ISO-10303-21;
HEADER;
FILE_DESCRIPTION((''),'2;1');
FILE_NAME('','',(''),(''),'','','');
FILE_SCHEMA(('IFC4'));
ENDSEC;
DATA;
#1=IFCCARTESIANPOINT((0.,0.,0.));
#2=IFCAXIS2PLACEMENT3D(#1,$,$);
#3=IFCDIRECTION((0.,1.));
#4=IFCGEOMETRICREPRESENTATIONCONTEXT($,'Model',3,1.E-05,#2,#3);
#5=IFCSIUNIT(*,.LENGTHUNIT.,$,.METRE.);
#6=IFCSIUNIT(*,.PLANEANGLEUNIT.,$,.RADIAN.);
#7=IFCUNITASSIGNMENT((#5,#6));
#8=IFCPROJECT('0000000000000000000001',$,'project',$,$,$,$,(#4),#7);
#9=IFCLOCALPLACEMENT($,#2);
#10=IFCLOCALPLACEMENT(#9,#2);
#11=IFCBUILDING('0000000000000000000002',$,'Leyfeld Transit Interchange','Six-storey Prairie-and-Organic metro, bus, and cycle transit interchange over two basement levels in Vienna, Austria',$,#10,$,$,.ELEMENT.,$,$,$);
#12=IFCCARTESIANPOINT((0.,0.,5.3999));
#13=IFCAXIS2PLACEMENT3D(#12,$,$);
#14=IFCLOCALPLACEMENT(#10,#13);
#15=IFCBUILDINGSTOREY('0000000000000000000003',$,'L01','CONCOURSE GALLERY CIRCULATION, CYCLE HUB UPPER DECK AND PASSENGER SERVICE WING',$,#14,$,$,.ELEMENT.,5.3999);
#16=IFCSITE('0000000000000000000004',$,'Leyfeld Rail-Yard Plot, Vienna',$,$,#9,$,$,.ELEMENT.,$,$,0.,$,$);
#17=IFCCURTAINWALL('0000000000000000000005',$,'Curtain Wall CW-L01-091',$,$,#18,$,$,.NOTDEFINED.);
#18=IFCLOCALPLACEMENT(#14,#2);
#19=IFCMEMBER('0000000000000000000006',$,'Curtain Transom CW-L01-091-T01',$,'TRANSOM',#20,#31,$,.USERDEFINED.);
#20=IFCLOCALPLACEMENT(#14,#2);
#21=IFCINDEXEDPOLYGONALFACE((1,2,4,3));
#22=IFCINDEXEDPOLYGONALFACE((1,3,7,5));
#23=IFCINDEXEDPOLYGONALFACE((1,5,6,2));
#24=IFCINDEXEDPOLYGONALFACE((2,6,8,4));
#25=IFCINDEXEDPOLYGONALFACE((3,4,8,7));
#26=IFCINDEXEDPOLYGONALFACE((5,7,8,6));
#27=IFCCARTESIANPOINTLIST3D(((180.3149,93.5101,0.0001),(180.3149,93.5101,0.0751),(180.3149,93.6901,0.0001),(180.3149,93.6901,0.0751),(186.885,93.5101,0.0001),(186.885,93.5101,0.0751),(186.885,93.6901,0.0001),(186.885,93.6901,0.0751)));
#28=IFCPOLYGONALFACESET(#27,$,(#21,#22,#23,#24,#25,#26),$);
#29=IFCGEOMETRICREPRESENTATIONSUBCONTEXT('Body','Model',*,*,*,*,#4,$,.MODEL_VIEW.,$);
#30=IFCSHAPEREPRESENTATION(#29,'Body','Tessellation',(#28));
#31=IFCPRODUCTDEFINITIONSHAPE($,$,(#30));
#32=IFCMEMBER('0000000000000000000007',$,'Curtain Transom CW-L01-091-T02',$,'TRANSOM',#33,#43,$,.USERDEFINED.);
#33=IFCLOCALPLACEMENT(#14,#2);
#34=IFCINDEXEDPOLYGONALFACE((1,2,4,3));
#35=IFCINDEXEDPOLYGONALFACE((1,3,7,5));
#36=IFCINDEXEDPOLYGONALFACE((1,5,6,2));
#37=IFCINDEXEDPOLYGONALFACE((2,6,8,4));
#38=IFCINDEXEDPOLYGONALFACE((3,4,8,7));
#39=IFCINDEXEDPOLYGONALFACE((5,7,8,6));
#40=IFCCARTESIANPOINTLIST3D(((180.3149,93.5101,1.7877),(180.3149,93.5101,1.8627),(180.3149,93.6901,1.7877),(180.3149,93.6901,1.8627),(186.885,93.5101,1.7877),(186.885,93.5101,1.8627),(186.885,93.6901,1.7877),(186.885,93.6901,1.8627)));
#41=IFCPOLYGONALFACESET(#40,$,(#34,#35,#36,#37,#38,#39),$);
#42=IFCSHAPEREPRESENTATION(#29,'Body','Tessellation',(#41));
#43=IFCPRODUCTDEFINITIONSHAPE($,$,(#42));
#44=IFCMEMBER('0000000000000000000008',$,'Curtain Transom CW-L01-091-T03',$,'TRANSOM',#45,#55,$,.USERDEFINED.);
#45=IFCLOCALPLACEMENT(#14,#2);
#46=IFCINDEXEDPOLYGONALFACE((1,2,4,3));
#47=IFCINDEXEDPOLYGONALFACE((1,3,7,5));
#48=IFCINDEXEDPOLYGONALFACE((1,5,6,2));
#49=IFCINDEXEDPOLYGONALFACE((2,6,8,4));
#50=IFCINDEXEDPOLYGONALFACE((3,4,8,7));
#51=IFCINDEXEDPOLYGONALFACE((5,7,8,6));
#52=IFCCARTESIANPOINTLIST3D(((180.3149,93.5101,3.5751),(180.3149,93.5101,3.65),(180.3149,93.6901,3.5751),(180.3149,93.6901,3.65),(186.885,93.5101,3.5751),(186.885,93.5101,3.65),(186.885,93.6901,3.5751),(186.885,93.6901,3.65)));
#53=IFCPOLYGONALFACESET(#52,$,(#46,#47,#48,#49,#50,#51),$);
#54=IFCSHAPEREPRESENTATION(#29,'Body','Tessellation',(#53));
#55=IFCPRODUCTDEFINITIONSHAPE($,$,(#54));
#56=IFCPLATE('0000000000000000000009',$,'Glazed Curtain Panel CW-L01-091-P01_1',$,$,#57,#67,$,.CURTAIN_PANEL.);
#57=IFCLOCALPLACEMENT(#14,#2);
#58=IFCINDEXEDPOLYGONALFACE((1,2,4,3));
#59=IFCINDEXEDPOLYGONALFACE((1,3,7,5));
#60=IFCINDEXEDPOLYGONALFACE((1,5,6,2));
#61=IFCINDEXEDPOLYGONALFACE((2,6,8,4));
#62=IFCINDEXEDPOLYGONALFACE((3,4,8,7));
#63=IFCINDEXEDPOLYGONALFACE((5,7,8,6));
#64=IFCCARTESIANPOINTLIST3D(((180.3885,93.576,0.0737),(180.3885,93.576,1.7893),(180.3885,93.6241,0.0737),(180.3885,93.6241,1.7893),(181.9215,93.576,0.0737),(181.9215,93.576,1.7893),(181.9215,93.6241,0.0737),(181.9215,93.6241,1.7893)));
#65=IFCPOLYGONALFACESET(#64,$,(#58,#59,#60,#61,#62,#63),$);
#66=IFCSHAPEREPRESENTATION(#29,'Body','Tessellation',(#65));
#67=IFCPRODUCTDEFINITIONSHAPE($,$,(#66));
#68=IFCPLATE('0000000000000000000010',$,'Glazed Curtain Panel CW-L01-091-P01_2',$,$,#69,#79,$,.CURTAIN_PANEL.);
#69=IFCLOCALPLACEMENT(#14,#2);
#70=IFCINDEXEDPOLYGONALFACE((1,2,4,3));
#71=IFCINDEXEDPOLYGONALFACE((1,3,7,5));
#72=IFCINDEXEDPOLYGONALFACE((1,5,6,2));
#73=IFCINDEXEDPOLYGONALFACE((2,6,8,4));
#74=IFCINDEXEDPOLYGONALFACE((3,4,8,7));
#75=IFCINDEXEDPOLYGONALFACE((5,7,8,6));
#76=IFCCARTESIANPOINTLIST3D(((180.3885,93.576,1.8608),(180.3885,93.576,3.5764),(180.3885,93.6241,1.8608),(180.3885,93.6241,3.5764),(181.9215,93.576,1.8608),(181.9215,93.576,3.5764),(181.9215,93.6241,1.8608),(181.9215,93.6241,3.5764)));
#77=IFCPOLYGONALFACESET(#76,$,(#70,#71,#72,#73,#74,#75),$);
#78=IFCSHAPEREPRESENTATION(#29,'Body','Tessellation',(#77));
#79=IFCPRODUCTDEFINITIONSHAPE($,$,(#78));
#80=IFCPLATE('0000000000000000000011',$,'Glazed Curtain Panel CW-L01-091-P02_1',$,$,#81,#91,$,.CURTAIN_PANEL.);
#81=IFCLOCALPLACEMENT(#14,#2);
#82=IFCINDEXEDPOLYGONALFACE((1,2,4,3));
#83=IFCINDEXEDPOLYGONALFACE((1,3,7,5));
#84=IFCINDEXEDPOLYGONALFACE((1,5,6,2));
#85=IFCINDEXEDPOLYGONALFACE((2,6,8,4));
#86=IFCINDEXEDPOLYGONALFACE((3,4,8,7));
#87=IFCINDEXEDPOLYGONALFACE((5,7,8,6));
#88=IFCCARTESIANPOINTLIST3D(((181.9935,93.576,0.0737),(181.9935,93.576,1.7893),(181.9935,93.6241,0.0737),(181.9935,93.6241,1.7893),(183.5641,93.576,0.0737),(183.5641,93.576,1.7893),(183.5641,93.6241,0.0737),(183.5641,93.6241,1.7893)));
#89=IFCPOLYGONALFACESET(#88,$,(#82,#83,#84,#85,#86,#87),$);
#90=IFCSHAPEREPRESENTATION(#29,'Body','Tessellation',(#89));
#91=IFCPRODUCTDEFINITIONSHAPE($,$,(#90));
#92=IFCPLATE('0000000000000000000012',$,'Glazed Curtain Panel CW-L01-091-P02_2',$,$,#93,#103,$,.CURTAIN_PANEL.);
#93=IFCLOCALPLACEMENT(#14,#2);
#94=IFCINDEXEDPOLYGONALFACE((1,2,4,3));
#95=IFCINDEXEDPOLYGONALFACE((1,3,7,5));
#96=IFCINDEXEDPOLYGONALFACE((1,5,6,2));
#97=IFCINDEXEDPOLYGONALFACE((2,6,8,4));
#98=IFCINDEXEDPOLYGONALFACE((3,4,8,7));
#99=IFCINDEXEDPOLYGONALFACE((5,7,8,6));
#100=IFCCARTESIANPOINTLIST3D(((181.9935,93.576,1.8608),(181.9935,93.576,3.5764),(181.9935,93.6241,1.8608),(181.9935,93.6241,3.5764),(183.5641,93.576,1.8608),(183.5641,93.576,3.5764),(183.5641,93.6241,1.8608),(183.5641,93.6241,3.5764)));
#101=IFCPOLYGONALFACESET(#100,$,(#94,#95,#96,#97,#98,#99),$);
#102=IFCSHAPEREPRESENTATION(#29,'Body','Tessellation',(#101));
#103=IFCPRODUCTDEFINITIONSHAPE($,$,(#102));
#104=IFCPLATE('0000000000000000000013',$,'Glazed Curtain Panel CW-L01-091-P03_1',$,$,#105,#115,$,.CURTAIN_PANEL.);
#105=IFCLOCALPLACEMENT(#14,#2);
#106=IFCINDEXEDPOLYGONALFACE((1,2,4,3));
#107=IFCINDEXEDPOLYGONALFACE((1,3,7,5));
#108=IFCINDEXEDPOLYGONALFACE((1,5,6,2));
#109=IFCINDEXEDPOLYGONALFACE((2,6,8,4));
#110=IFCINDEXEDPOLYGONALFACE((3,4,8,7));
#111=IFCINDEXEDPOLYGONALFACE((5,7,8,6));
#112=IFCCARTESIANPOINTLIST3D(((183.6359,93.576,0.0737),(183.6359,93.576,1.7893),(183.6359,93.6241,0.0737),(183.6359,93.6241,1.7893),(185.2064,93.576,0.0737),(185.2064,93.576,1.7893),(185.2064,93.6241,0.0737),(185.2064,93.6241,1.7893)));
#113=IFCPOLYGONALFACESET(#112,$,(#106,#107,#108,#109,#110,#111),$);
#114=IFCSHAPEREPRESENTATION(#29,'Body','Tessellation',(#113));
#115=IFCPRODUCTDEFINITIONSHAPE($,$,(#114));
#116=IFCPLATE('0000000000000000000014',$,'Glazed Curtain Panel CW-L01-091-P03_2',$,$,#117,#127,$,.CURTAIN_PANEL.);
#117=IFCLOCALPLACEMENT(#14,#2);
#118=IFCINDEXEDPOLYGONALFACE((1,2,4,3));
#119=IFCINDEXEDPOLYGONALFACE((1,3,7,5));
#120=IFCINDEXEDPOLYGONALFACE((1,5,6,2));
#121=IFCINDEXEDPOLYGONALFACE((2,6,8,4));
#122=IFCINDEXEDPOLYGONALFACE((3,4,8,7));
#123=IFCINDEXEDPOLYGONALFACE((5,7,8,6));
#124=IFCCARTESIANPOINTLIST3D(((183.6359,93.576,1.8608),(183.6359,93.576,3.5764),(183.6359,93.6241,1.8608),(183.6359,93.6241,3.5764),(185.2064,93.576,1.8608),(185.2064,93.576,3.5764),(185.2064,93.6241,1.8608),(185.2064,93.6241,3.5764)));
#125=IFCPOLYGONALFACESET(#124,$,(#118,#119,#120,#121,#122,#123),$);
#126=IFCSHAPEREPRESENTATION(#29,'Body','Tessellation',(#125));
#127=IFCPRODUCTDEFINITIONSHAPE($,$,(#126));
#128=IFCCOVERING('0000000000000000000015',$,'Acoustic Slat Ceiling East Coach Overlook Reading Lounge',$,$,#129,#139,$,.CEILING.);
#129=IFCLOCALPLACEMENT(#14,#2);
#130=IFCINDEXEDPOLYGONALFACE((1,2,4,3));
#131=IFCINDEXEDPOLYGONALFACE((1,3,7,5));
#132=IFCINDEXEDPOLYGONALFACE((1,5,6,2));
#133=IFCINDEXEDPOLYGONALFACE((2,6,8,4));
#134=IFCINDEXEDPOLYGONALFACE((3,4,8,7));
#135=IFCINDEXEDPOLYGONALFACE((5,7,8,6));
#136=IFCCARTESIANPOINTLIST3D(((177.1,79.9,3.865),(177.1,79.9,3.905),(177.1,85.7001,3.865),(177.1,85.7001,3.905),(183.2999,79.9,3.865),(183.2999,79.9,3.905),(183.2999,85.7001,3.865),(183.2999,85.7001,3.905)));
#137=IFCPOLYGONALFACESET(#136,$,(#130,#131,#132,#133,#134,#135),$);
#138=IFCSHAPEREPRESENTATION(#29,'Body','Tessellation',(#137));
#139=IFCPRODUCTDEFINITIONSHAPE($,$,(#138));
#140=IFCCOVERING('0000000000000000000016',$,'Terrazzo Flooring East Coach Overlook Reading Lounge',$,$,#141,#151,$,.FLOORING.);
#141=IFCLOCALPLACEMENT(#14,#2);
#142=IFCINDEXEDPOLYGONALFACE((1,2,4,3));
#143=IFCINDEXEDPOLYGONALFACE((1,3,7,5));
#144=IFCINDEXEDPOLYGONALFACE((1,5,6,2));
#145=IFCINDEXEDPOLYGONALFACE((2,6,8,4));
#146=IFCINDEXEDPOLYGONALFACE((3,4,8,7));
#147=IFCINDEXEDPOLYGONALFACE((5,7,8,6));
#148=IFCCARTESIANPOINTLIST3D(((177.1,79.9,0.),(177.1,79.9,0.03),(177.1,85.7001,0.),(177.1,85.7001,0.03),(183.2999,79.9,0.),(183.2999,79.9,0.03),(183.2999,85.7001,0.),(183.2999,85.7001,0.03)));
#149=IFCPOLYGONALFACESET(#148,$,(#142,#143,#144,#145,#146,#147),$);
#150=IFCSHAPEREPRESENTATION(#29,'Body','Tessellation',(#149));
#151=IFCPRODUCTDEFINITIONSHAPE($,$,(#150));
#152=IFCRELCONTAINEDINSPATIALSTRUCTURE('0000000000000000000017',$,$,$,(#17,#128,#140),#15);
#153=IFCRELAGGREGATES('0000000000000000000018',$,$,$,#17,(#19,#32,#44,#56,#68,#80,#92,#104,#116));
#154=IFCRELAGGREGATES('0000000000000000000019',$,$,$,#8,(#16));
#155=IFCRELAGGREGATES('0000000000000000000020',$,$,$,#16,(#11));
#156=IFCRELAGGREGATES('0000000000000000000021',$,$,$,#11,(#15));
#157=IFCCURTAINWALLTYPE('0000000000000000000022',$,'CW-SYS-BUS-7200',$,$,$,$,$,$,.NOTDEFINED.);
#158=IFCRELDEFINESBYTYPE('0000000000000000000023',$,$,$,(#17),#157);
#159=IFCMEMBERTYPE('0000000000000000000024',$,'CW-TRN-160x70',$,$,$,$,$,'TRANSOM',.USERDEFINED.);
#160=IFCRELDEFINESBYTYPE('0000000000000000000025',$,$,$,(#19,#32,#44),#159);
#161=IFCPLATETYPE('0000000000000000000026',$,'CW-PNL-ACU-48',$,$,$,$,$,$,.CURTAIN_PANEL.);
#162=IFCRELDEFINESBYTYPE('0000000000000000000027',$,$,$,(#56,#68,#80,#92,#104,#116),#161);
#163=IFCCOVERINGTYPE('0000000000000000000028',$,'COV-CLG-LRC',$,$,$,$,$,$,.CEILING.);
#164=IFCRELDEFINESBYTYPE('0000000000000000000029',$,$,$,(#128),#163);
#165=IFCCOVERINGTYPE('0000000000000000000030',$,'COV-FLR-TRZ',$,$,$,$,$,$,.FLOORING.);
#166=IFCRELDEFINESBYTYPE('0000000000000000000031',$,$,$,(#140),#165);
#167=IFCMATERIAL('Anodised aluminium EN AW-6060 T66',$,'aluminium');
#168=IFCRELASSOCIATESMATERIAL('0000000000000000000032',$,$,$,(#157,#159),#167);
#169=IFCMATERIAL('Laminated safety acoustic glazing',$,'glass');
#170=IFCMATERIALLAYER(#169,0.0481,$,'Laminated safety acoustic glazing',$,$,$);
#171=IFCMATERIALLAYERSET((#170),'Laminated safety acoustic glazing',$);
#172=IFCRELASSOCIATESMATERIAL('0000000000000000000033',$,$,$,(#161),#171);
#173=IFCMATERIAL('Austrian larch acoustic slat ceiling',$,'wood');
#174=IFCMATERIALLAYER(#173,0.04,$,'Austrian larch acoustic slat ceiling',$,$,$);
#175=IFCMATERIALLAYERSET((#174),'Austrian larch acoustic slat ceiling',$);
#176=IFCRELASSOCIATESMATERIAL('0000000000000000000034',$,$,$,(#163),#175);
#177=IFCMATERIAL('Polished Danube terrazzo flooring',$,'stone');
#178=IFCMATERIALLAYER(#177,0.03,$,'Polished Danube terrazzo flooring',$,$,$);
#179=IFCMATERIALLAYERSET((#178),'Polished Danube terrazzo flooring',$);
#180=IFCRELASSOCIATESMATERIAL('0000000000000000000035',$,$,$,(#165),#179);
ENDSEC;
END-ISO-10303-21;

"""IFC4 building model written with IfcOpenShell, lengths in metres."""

from ifc_helpers import new_model, si_unit, direction, frame, origin, origin_2d, place, context, subcontext, project, spatial, rectangle, extrude, material, layer, layer_set, material_profile, profile_set, type_object, element, aggregate, save


model = new_model("IFC4")

# Units and contexts
model_context = context("Model", 3, precision=1e-05, world=origin(), true_north=direction((0.0, 1.0)))
body_context = subcontext(model_context, "Body", "Model", "MODEL_VIEW")
ifc_project = project(units=[si_unit("LENGTHUNIT", "METRE"), si_unit("PLANEANGLEUNIT", "RADIAN")], contexts=[model_context])

# Site, building, storey
site_placement = place(None, origin())
site = spatial("IfcSite", under=ifc_project, at=site_placement, Name="Leyfeld Rail-Yard Plot, Vienna", CompositionType="ELEMENT", RefElevation=0.0)
building_placement = place(site_placement, origin())
building = spatial("IfcBuilding", under=site, at=building_placement, Name="Leyfeld Transit Interchange", Description="Six-storey Prairie-and-Organic metro, bus, and cycle transit interchange over two basement levels in Vienna, Austria", CompositionType="ELEMENT")
storey_placement = place(building_placement, frame((0.0, 0.0, 5.3999)))
storey = spatial("IfcBuildingStorey", under=building, at=storey_placement, Name="L01", Description="CONCOURSE GALLERY CIRCULATION, CYCLE HUB UPPER DECK AND PASSENGER SERVICE WING", CompositionType="ELEMENT", Elevation=5.3999)

# Curtain wall, members, plates
ifc_material_1 = material(Name="Anodised aluminium EN AW-6060 T66", Category="aluminium")
curtain_wall_type = type_object("IfcCurtainWallType", Name="CW-SYS-BUS-7200", PredefinedType="NOTDEFINED", material=ifc_material_1)
curtain_wall_placement = place(storey_placement, origin())
curtain_wall = element("IfcCurtainWall", 1, at=curtain_wall_placement, inside=storey, type_object=curtain_wall_type, Name="Curtain Wall CW-L01-091", PredefinedType="NOTDEFINED")
ifc_material_profile_1 = material_profile(ifc_material_1, rectangle(XDim=0.1799, YDim=0.075, at=origin_2d()), Name="CW-TRN-160x70")
ifc_profile_set_1 = profile_set([ifc_material_profile_1], Name="Anodised aluminium EN AW-6060 T66")
member_type_1 = type_object("IfcMemberType", Name="CW-TRN-160x70", ElementType="TRANSOM", PredefinedType="USERDEFINED", material=ifc_profile_set_1)
member_1_placement = place(storey_placement, frame((180.3149, 93.6001, 0.0376), z_axis=(1.0, 0.0, 0.0), x_axis=(0.0, 1.0, 0.0)))
member_1 = element("IfcMember", 2, at=member_1_placement, type_object=member_type_1, Name="Curtain Transom CW-L01-091-T01", ObjectType="TRANSOM", PredefinedType="USERDEFINED", context=body_context, shape_type="SweptSolid", body=[
    extrude(rectangle(XDim=0.1799, YDim=0.075, at=origin_2d()), origin(), (0.0, 0.0, 1.0), 6.5701),
])
member_2_placement = place(storey_placement, frame((180.3149, 93.6001, 1.8252), z_axis=(1.0, 0.0, 0.0), x_axis=(0.0, 1.0, 0.0)))
member_2 = element("IfcMember", 3, at=member_2_placement, type_object=member_type_1, Name="Curtain Transom CW-L01-091-T02", ObjectType="TRANSOM", PredefinedType="USERDEFINED", context=body_context, shape_type="SweptSolid", body=[
    extrude(rectangle(XDim=0.1799, YDim=0.075, at=origin_2d()), origin(), (0.0, 0.0, 1.0), 6.5701),
])
member_3_placement = place(storey_placement, frame((180.3149, 93.6001, 3.6125), z_axis=(1.0, 0.0, 0.0), x_axis=(0.0, 1.0, 0.0)))
member_3 = element("IfcMember", 4, at=member_3_placement, type_object=member_type_1, Name="Curtain Transom CW-L01-091-T03", ObjectType="TRANSOM", PredefinedType="USERDEFINED", context=body_context, shape_type="SweptSolid", body=[
    extrude(rectangle(XDim=0.1799, YDim=0.075, at=origin_2d()), origin(), (0.0, 0.0, 1.0), 6.5701),
])
ifc_material_2 = material(Name="Laminated safety acoustic glazing", Category="glass")
ifc_layer_1 = layer(ifc_material_2, 0.0481, Name="Laminated safety acoustic glazing")
ifc_layer_set_1 = layer_set([ifc_layer_1], Name="Laminated safety acoustic glazing")
plate_type = type_object("IfcPlateType", Name="CW-PNL-ACU-48", PredefinedType="CURTAIN_PANEL", material=ifc_layer_set_1)
plate_1_placement = place(storey_placement, frame((181.155, 93.6001, 0.0737), z_axis=(0.0, 0.0, 1.0), x_axis=(1.0, 0.0, 0.0)))
plate_1 = element("IfcPlate", 5, at=plate_1_placement, type_object=plate_type, Name="Glazed Curtain Panel CW-L01-091-P01_1", PredefinedType="CURTAIN_PANEL", context=body_context, shape_type="SweptSolid", body=[
    extrude(rectangle(XDim=1.533, YDim=0.0481, at=origin_2d()), origin(), (0.0, 0.0, 1.0), 1.7156),
])
plate_2_placement = place(storey_placement, frame((181.155, 93.6001, 1.8608), z_axis=(0.0, 0.0, 1.0), x_axis=(1.0, 0.0, 0.0)))
plate_2 = element("IfcPlate", 6, at=plate_2_placement, type_object=plate_type, Name="Glazed Curtain Panel CW-L01-091-P01_2", PredefinedType="CURTAIN_PANEL", context=body_context, shape_type="SweptSolid", body=[
    extrude(rectangle(XDim=1.533, YDim=0.0481, at=origin_2d()), origin(), (0.0, 0.0, 1.0), 1.7156),
])
plate_3_placement = place(storey_placement, frame((182.7788, 93.6001, 0.0737), z_axis=(0.0, 0.0, 1.0), x_axis=(1.0, 0.0, 0.0)))
plate_3 = element("IfcPlate", 7, at=plate_3_placement, type_object=plate_type, Name="Glazed Curtain Panel CW-L01-091-P02_1", PredefinedType="CURTAIN_PANEL", context=body_context, shape_type="SweptSolid", body=[
    extrude(rectangle(XDim=1.5706, YDim=0.0481, at=origin_2d()), origin(), (0.0, 0.0, 1.0), 1.7156),
])
plate_4_placement = place(storey_placement, frame((182.7788, 93.6001, 1.8608), z_axis=(0.0, 0.0, 1.0), x_axis=(1.0, 0.0, 0.0)))
plate_4 = element("IfcPlate", 8, at=plate_4_placement, type_object=plate_type, Name="Glazed Curtain Panel CW-L01-091-P02_2", PredefinedType="CURTAIN_PANEL", context=body_context, shape_type="SweptSolid", body=[
    extrude(rectangle(XDim=1.5706, YDim=0.0481, at=origin_2d()), origin(), (0.0, 0.0, 1.0), 1.7156),
])
plate_5_placement = place(storey_placement, frame((184.4211, 93.6001, 0.0737), z_axis=(0.0, 0.0, 1.0), x_axis=(1.0, 0.0, 0.0)))
plate_5 = element("IfcPlate", 9, at=plate_5_placement, type_object=plate_type, Name="Glazed Curtain Panel CW-L01-091-P03_1", PredefinedType="CURTAIN_PANEL", context=body_context, shape_type="SweptSolid", body=[
    extrude(rectangle(XDim=1.5706, YDim=0.0481, at=origin_2d()), origin(), (0.0, 0.0, 1.0), 1.7156),
])
plate_6_placement = place(storey_placement, frame((184.4211, 93.6001, 1.8608), z_axis=(0.0, 0.0, 1.0), x_axis=(1.0, 0.0, 0.0)))
plate_6 = element("IfcPlate", 10, at=plate_6_placement, type_object=plate_type, Name="Glazed Curtain Panel CW-L01-091-P03_2", PredefinedType="CURTAIN_PANEL", context=body_context, shape_type="SweptSolid", body=[
    extrude(rectangle(XDim=1.5706, YDim=0.0481, at=origin_2d()), origin(), (0.0, 0.0, 1.0), 1.7156),
])
aggregate(curtain_wall, [member_1, member_2, member_3, plate_1, plate_2, plate_3, plate_4, plate_5, plate_6])

# Coverings
ifc_material_3 = material(Name="Austrian larch acoustic slat ceiling", Category="wood")
ifc_layer_2 = layer(ifc_material_3, 0.04, Name="Austrian larch acoustic slat ceiling")
ifc_layer_set_2 = layer_set([ifc_layer_2], Name="Austrian larch acoustic slat ceiling")
covering_type_1 = type_object("IfcCoveringType", Name="COV-CLG-LRC", PredefinedType="CEILING", material=ifc_layer_set_2)
covering_1_placement = place(storey_placement, frame((180.2, 82.8, 3.865), z_axis=(0.0, 0.0, 1.0), x_axis=(1.0, 0.0, 0.0)))
element("IfcCovering", 11, at=covering_1_placement, inside=storey, type_object=covering_type_1, Name="Acoustic Slat Ceiling East Coach Overlook Reading Lounge", PredefinedType="CEILING", context=body_context, shape_type="SweptSolid", body=[
    extrude(rectangle(XDim=6.2, YDim=5.8, at=origin_2d()), origin(), (0.0, 0.0, 1.0), 0.04),
])
ifc_material_4 = material(Name="Polished Danube terrazzo flooring", Category="stone")
ifc_layer_3 = layer(ifc_material_4, 0.03, Name="Polished Danube terrazzo flooring")
ifc_layer_set_3 = layer_set([ifc_layer_3], Name="Polished Danube terrazzo flooring")
covering_type_2 = type_object("IfcCoveringType", Name="COV-FLR-TRZ", PredefinedType="FLOORING", material=ifc_layer_set_3)
covering_2_placement = place(storey_placement, frame((180.2, 82.8, 0.0), z_axis=(0.0, 0.0, 1.0), x_axis=(1.0, 0.0, 0.0)))
element("IfcCovering", 12, at=covering_2_placement, inside=storey, type_object=covering_type_2, Name="Terrazzo Flooring East Coach Overlook Reading Lounge", PredefinedType="FLOORING", context=body_context, shape_type="SweptSolid", body=[
    extrude(rectangle(XDim=6.2, YDim=5.8, at=origin_2d()), origin(), (0.0, 0.0, 1.0), 0.03),
])

save(model, "model.ifc")
